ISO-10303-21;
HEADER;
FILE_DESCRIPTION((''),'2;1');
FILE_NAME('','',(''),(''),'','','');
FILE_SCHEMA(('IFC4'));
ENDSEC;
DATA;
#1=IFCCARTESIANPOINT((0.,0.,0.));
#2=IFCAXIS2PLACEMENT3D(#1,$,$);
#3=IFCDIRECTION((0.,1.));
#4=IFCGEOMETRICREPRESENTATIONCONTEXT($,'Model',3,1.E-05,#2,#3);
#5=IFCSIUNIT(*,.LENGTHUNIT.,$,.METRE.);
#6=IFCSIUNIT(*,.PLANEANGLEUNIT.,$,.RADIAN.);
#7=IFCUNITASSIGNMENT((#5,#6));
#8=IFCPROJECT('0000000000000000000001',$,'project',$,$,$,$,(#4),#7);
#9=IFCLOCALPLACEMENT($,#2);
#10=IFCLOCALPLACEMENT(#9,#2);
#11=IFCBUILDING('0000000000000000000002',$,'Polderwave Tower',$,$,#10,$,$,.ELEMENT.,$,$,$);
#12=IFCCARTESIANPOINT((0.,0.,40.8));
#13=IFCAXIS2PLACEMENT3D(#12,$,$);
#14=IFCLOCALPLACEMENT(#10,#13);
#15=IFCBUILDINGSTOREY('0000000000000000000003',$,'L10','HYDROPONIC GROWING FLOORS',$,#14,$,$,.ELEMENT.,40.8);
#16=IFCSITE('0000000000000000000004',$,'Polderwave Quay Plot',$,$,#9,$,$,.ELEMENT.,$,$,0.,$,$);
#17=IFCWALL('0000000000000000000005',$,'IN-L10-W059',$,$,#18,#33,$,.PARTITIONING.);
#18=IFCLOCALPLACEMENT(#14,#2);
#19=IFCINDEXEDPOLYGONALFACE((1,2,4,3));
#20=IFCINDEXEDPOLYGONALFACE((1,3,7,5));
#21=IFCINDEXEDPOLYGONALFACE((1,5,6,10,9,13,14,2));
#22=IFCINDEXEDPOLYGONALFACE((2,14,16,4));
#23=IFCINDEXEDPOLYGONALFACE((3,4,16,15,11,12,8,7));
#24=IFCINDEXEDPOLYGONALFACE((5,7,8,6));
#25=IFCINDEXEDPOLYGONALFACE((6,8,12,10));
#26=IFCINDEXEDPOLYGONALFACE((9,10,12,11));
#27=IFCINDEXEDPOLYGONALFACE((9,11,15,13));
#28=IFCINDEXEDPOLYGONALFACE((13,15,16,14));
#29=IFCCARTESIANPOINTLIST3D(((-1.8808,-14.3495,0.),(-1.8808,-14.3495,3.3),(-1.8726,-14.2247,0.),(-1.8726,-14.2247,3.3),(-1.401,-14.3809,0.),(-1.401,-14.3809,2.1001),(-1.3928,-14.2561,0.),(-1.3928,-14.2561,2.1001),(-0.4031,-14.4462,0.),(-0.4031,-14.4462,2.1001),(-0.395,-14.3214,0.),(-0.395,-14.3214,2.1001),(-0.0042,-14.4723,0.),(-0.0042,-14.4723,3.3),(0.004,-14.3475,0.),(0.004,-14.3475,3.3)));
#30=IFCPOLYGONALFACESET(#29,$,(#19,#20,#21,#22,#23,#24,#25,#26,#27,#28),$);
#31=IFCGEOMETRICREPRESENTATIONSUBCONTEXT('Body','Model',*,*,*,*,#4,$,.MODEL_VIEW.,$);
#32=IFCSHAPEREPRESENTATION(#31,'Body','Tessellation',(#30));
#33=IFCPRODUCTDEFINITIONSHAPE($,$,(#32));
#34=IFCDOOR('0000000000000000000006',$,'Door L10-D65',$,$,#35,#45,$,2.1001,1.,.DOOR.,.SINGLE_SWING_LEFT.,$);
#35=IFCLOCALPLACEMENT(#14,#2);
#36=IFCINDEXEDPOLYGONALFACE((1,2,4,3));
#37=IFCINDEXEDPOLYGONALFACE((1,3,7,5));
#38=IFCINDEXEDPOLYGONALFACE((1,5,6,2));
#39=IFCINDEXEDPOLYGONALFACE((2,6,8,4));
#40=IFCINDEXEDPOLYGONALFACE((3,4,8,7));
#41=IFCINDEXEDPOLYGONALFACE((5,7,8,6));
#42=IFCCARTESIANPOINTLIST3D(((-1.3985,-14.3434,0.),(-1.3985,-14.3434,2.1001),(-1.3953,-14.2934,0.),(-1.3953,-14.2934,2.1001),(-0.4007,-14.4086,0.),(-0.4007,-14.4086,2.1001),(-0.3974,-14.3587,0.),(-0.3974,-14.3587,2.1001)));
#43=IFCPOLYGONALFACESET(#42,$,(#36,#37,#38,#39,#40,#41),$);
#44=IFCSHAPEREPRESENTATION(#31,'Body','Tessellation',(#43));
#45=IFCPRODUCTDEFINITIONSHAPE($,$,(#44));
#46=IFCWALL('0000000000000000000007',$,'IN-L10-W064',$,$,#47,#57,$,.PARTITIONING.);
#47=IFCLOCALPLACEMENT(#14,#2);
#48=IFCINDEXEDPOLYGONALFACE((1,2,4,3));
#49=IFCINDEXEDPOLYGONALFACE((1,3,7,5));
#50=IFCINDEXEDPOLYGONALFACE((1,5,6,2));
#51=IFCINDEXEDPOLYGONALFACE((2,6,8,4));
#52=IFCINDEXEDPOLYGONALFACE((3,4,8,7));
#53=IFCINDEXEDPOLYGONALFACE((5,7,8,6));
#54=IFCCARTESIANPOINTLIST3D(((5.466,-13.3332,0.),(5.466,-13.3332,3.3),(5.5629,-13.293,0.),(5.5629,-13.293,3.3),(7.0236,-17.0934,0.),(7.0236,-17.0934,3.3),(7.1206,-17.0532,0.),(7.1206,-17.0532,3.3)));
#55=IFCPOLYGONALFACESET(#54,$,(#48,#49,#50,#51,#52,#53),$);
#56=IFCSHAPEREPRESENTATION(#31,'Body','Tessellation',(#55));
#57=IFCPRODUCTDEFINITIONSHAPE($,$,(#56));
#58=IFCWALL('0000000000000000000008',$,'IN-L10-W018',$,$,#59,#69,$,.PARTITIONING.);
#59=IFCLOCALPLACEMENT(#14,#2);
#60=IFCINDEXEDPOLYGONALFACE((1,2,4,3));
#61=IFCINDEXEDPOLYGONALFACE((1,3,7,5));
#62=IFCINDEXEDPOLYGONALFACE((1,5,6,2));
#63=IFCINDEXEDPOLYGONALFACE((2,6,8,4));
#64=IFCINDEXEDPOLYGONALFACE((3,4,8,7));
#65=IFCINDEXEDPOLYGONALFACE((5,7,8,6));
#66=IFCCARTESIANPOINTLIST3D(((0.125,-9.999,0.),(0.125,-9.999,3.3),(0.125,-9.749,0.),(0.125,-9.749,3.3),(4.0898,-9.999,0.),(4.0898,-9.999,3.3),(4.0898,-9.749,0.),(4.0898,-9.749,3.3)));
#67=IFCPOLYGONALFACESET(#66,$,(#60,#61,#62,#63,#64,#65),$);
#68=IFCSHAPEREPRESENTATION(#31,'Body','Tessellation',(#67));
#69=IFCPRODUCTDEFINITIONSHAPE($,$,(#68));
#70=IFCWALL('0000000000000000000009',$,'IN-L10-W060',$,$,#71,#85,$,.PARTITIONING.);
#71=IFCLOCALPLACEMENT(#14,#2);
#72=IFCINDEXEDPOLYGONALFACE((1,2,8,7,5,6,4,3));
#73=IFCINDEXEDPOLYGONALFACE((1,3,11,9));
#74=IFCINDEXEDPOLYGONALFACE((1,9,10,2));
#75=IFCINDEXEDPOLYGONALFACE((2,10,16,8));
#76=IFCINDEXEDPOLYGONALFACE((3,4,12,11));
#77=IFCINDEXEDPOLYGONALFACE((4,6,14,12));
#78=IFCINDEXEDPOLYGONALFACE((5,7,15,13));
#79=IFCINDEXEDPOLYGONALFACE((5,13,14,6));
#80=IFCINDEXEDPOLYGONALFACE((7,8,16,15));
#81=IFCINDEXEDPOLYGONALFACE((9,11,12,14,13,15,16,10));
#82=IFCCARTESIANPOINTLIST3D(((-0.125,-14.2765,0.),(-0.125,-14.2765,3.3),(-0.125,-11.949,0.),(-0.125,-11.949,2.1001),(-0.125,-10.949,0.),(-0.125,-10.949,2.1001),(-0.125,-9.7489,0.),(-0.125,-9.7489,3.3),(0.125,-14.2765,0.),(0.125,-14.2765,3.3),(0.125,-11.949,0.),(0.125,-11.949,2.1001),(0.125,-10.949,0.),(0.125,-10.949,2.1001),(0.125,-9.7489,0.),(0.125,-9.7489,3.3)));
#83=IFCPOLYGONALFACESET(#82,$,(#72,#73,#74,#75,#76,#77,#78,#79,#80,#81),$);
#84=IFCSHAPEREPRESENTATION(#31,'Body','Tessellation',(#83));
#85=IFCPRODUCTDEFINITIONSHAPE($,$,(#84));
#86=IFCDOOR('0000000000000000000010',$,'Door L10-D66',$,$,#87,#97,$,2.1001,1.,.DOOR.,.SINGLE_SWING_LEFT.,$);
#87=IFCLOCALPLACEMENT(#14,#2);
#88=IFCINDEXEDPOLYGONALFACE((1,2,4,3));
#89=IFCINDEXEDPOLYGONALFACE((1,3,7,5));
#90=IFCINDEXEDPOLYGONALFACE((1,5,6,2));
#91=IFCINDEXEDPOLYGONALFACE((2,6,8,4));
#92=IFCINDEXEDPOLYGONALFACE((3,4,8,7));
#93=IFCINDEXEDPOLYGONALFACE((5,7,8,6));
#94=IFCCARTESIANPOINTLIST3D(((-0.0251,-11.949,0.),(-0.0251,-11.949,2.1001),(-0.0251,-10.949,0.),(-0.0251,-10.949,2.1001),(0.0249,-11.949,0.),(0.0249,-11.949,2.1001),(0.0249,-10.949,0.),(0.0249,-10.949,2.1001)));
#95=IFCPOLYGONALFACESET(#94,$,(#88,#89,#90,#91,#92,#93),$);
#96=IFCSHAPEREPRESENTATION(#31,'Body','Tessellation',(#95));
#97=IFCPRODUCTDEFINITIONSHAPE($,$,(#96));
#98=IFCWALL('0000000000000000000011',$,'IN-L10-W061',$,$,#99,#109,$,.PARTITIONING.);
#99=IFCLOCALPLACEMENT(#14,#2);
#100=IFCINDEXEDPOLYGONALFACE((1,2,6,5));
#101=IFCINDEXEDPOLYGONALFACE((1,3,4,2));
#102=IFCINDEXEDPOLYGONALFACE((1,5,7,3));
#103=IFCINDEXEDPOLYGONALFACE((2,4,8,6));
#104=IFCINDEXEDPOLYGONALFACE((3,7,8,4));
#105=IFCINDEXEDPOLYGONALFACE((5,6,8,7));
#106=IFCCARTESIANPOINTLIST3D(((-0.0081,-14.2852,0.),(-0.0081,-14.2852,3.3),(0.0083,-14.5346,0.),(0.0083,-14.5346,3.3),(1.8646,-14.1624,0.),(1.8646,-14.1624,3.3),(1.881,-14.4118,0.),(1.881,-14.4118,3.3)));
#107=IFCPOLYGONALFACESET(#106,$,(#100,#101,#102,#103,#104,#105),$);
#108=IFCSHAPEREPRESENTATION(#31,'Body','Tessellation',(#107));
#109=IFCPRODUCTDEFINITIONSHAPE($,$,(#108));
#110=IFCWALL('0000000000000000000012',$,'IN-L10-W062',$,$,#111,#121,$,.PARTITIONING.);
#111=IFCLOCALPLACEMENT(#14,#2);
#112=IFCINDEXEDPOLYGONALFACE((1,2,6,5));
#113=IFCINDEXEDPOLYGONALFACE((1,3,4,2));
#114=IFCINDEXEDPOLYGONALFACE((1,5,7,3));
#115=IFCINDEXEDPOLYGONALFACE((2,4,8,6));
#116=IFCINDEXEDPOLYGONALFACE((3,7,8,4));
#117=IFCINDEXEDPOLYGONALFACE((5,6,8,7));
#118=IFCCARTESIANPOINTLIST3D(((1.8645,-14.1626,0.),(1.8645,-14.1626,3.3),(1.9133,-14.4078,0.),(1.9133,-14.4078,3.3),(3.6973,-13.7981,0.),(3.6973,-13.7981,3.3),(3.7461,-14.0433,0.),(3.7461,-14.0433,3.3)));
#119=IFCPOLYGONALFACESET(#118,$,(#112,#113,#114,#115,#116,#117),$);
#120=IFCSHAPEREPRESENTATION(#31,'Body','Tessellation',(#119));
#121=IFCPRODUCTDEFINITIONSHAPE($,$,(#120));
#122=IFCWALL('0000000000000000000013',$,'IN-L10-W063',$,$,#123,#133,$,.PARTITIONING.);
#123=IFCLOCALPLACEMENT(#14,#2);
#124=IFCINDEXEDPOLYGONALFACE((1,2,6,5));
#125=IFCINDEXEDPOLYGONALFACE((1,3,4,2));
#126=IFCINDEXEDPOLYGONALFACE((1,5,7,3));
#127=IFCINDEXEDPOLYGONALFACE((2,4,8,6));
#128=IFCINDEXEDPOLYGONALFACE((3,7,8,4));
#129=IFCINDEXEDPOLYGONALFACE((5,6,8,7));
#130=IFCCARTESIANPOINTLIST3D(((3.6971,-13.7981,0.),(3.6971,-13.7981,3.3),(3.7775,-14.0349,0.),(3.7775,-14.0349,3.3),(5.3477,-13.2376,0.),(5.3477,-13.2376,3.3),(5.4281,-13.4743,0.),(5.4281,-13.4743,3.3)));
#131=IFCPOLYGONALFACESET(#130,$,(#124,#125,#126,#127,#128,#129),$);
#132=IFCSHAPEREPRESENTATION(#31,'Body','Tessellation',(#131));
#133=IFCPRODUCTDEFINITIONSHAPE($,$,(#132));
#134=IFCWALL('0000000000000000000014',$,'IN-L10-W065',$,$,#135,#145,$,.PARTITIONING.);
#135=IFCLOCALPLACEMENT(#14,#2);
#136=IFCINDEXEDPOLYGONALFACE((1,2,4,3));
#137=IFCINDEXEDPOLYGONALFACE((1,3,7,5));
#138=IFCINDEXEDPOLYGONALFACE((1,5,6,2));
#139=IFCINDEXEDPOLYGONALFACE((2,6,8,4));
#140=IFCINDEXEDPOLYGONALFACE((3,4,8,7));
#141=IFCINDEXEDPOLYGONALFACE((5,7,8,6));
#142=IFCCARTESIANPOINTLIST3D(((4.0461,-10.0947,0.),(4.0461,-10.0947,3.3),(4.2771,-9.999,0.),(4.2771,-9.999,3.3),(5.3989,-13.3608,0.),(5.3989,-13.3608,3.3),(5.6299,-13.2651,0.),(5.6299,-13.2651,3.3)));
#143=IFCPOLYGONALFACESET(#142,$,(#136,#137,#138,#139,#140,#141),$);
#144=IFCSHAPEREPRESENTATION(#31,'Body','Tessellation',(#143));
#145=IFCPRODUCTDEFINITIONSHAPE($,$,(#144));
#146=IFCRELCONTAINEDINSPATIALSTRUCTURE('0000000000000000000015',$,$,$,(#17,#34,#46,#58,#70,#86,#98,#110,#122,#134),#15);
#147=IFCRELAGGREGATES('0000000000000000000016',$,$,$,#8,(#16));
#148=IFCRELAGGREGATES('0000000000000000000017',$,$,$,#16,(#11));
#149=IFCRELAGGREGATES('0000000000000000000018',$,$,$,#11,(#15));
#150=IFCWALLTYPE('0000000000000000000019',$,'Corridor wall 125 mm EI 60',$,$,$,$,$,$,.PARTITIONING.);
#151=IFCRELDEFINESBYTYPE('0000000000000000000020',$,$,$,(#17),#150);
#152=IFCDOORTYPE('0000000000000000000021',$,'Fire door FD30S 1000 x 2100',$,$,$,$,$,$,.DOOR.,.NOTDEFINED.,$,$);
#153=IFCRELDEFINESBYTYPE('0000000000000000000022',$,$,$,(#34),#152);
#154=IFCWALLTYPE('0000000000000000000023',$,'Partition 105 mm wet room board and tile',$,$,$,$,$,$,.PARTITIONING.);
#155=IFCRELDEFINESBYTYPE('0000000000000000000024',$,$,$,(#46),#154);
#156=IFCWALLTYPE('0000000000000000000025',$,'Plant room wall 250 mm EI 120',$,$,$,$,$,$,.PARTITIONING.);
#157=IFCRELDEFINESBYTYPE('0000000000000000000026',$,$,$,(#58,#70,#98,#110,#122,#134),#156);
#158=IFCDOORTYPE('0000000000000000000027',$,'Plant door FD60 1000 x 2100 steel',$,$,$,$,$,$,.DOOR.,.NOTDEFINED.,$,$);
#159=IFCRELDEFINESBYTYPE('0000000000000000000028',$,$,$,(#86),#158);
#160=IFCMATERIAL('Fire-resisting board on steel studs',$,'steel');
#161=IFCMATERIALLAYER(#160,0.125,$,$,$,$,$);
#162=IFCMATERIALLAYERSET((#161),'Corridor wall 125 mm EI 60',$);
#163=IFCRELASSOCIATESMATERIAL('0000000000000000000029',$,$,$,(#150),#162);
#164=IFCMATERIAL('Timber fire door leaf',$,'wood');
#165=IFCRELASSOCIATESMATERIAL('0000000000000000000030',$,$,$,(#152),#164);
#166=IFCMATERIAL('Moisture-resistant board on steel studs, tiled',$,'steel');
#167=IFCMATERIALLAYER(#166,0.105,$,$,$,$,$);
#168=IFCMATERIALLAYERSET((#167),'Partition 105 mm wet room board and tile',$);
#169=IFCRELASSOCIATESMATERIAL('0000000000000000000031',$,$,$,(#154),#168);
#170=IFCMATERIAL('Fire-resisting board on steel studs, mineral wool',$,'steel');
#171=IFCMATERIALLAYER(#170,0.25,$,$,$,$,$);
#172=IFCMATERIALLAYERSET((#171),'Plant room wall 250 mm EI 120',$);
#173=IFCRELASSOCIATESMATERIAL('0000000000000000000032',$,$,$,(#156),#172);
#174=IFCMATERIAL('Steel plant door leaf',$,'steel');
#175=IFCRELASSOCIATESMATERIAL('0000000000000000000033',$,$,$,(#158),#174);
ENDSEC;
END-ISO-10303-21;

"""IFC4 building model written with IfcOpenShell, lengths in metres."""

from ifc_helpers import new_model, si_unit, direction, frame, frame_2d, origin, place, context, subcontext, project, spatial, rectangle, extrude, material, layer, layer_set, type_object, element, fill, save


model = new_model("IFC4")

# Units and contexts
model_context = context("Model", 3, precision=1e-05, world=origin(), true_north=direction((0.0, 1.0)))
body_context = subcontext(model_context, "Body", "Model", "MODEL_VIEW")
ifc_project = project(units=[si_unit("LENGTHUNIT", "METRE"), si_unit("PLANEANGLEUNIT", "RADIAN")], contexts=[model_context])

# Site, building, storey
site_placement = place(None, origin())
site = spatial("IfcSite", under=ifc_project, at=site_placement, Name="Polderwave Quay Plot", CompositionType="ELEMENT", RefElevation=0.0)
building_placement = place(site_placement, origin())
building = spatial("IfcBuilding", under=site, at=building_placement, Name="Polderwave Tower", CompositionType="ELEMENT")
storey_placement = place(building_placement, frame((0.0, 0.0, 40.8)))
storey = spatial("IfcBuildingStorey", under=building, at=storey_placement, Name="L10", Description="HYDROPONIC GROWING FLOORS", CompositionType="ELEMENT", Elevation=40.8)

# Wall, opening, door
ifc_material_1 = material(Name="Fire-resisting board on steel studs", Category="steel")
ifc_layer_1 = layer(ifc_material_1, 0.125)
ifc_layer_set_1 = layer_set([ifc_layer_1], Name="Corridor wall 125 mm EI 60")
wall_type_1 = type_object("IfcWallType", Name="Corridor wall 125 mm EI 60", PredefinedType="PARTITIONING", material=ifc_layer_set_1)
ifc_material_2 = material(Name="Timber fire door leaf", Category="wood")
door_type_1 = type_object("IfcDoorType", Name="Fire door FD30S 1000 x 2100", OperationType="NOTDEFINED", PredefinedType="DOOR", material=ifc_material_2)
wall_1_placement = place(storey_placement, frame((0.0, -14.4099, 0.0), z_axis=(0.0, 0.0, 1.0), x_axis=(-0.997866, 0.065296, 0.0)))
wall_1 = element("IfcWall", 1, at=wall_1_placement, inside=storey, type_object=wall_type_1, Name="IN-L10-W059", PredefinedType="PARTITIONING", context=body_context, shape_type="SweptSolid", body=[
    extrude(rectangle(XDim=1.8806, YDim=0.125, at=frame_2d((0.9404, 0.0))), origin(), (0.0, 0.0, 1.0), 3.3),
])
opening_1_placement = place(wall_1_placement, frame((0.3999, 0.0, 0.0)))
opening_1 = element("IfcOpeningElement", 2, at=opening_1_placement, cuts=wall_1, PredefinedType="OPENING", context=body_context, shape_type="SweptSolid", body=[
    extrude(rectangle(XDim=1.0, YDim=2.1001, at=frame_2d((0.5, 1.05))), frame((0.0, 0.0725, 0.0), z_axis=(0.0, -1.0, 0.0), x_axis=(1.0, 0.0, 0.0)), (0.0, 0.0, 1.0), 0.145),
])
door_1_placement = place(opening_1_placement, origin())
door_1 = element("IfcDoor", 3, at=door_1_placement, inside=storey, type_object=door_type_1, Name="Door L10-D65", OperationType="SINGLE_SWING_LEFT", OverallHeight=2.1001, OverallWidth=1.0, PredefinedType="DOOR", context=body_context, shape_type="SweptSolid", body=[
    extrude(rectangle(XDim=1.0, YDim=2.1001, at=frame_2d((0.5, 1.05))), frame((0.0, 0.0249, 0.0), z_axis=(0.0, -1.0, 0.0), x_axis=(1.0, 0.0, 0.0)), (0.0, 0.0, 1.0), 0.05),
])
fill(opening_1, door_1)

# Walls
ifc_material_3 = material(Name="Moisture-resistant board on steel studs, tiled", Category="steel")
ifc_layer_2 = layer(ifc_material_3, 0.105)
ifc_layer_set_2 = layer_set([ifc_layer_2], Name="Partition 105 mm wet room board and tile")
wall_type_2 = type_object("IfcWallType", Name="Partition 105 mm wet room board and tile", PredefinedType="PARTITIONING", material=ifc_layer_set_2)
wall_2_placement = place(storey_placement, frame((5.5144, -13.313, 0.0), z_axis=(0.0, 0.0, 1.0), x_axis=(0.382698, -0.923874, 0.0)))
element("IfcWall", 4, at=wall_2_placement, inside=storey, type_object=wall_type_2, Name="IN-L10-W064", PredefinedType="PARTITIONING", context=body_context, shape_type="SweptSolid", body=[
    extrude(rectangle(XDim=4.0701, YDim=0.105, at=frame_2d((2.0352, 0.0))), origin(), (0.0, 0.0, 1.0), 3.3),
])
ifc_material_4 = material(Name="Fire-resisting board on steel studs, mineral wool", Category="steel")
ifc_layer_3 = layer(ifc_material_4, 0.25)
ifc_layer_set_3 = layer_set([ifc_layer_3], Name="Plant room wall 250 mm EI 120")
wall_type_3 = type_object("IfcWallType", Name="Plant room wall 250 mm EI 120", PredefinedType="PARTITIONING", material=ifc_layer_set_3)
wall_3_placement = place(storey_placement, frame((4.0898, -9.874, 0.0), z_axis=(0.0, 0.0, 1.0), x_axis=(-1.0, 0.0, 0.0)))
element("IfcWall", 5, at=wall_3_placement, inside=storey, type_object=wall_type_3, Name="IN-L10-W018", PredefinedType="PARTITIONING", context=body_context, shape_type="SweptSolid", body=[
    extrude(rectangle(XDim=3.9648, YDim=0.25, at=frame_2d((1.9824, 0.0))), origin(), (0.0, 0.0, 1.0), 3.3),
])

# Wall, opening, door
wall_4_placement = place(storey_placement, frame((0.0, -9.749, 0.0), z_axis=(0.0, 0.0, 1.0), x_axis=(0.0, -1.0, 0.0)))
wall_4 = element("IfcWall", 6, at=wall_4_placement, inside=storey, type_object=wall_type_3, Name="IN-L10-W060", PredefinedType="PARTITIONING", context=body_context, shape_type="SweptSolid", body=[
    extrude(rectangle(XDim=4.5276, YDim=0.25, at=frame_2d((2.2637, 0.0))), origin(), (0.0, 0.0, 1.0), 3.3),
])
opening_2_placement = place(wall_4_placement, frame((1.2, 0.0, 0.0)))
opening_2 = element("IfcOpeningElement", 7, at=opening_2_placement, cuts=wall_4, PredefinedType="OPENING", context=body_context, shape_type="SweptSolid", body=[
    extrude(rectangle(XDim=1.0, YDim=2.1001, at=frame_2d((0.5, 1.05))), frame((0.0, 0.135, 0.0), z_axis=(0.0, -1.0, 0.0), x_axis=(1.0, 0.0, 0.0)), (0.0, 0.0, 1.0), 0.27),
])
ifc_material_5 = material(Name="Steel plant door leaf", Category="steel")
door_type_2 = type_object("IfcDoorType", Name="Plant door FD60 1000 x 2100 steel", OperationType="NOTDEFINED", PredefinedType="DOOR", material=ifc_material_5)
door_2_placement = place(opening_2_placement, origin())
door_2 = element("IfcDoor", 8, at=door_2_placement, inside=storey, type_object=door_type_2, Name="Door L10-D66", OperationType="SINGLE_SWING_LEFT", OverallHeight=2.1001, OverallWidth=1.0, PredefinedType="DOOR", context=body_context, shape_type="SweptSolid", body=[
    extrude(rectangle(XDim=1.0, YDim=2.1001, at=frame_2d((0.5, 1.05))), frame((0.0, 0.0249, 0.0), z_axis=(0.0, -1.0, 0.0), x_axis=(1.0, 0.0, 0.0)), (0.0, 0.0, 1.0), 0.05),
])
fill(opening_2, door_2)

# Walls
wall_5_placement = place(storey_placement, frame((0.0, -14.4099, 0.0), z_axis=(0.0, 0.0, 1.0), x_axis=(0.997857, 0.065431, 0.0)))
element("IfcWall", 9, at=wall_5_placement, inside=storey, type_object=wall_type_3, Name="IN-L10-W061", PredefinedType="PARTITIONING", context=body_context, shape_type="SweptSolid", body=[
    extrude(rectangle(XDim=1.8767, YDim=0.25, at=frame_2d((0.9385, 0.0))), origin(), (0.0, 0.0, 1.0), 3.3),
])
wall_6_placement = place(storey_placement, frame((1.8889, -14.2852, 0.0), z_axis=(0.0, 0.0, 1.0), x_axis=(0.980791, 0.195061, 0.0)))
element("IfcWall", 10, at=wall_6_placement, inside=storey, type_object=wall_type_3, Name="IN-L10-W062", PredefinedType="PARTITIONING", context=body_context, shape_type="SweptSolid", body=[
    extrude(rectangle(XDim=1.8687, YDim=0.25, at=frame_2d((0.9343, 0.0))), origin(), (0.0, 0.0, 1.0), 3.3),
])
wall_7_placement = place(storey_placement, frame((3.7373, -13.9165, 0.0), z_axis=(0.0, 0.0, 1.0), x_axis=(0.94689, 0.321559, 0.0)))
element("IfcWall", 11, at=wall_7_placement, inside=storey, type_object=wall_type_3, Name="IN-L10-W063", PredefinedType="PARTITIONING", context=body_context, shape_type="SweptSolid", body=[
    extrude(rectangle(XDim=1.7432, YDim=0.25, at=frame_2d((0.8716, 0.0))), origin(), (0.0, 0.0, 1.0), 3.3),
])
wall_8_placement = place(storey_placement, frame((4.1616, -10.0469, 0.0), z_axis=(0.0, 0.0, 1.0), x_axis=(0.382663, -0.923888, 0.0)))
element("IfcWall", 12, at=wall_8_placement, inside=storey, type_object=wall_type_3, Name="IN-L10-W065", PredefinedType="PARTITIONING", context=body_context, shape_type="SweptSolid", body=[
    extrude(rectangle(XDim=3.5352, YDim=0.25, at=frame_2d((1.7676, 0.0))), origin(), (0.0, 0.0, 1.0), 3.3),
])

save(model, "model.ifc")
